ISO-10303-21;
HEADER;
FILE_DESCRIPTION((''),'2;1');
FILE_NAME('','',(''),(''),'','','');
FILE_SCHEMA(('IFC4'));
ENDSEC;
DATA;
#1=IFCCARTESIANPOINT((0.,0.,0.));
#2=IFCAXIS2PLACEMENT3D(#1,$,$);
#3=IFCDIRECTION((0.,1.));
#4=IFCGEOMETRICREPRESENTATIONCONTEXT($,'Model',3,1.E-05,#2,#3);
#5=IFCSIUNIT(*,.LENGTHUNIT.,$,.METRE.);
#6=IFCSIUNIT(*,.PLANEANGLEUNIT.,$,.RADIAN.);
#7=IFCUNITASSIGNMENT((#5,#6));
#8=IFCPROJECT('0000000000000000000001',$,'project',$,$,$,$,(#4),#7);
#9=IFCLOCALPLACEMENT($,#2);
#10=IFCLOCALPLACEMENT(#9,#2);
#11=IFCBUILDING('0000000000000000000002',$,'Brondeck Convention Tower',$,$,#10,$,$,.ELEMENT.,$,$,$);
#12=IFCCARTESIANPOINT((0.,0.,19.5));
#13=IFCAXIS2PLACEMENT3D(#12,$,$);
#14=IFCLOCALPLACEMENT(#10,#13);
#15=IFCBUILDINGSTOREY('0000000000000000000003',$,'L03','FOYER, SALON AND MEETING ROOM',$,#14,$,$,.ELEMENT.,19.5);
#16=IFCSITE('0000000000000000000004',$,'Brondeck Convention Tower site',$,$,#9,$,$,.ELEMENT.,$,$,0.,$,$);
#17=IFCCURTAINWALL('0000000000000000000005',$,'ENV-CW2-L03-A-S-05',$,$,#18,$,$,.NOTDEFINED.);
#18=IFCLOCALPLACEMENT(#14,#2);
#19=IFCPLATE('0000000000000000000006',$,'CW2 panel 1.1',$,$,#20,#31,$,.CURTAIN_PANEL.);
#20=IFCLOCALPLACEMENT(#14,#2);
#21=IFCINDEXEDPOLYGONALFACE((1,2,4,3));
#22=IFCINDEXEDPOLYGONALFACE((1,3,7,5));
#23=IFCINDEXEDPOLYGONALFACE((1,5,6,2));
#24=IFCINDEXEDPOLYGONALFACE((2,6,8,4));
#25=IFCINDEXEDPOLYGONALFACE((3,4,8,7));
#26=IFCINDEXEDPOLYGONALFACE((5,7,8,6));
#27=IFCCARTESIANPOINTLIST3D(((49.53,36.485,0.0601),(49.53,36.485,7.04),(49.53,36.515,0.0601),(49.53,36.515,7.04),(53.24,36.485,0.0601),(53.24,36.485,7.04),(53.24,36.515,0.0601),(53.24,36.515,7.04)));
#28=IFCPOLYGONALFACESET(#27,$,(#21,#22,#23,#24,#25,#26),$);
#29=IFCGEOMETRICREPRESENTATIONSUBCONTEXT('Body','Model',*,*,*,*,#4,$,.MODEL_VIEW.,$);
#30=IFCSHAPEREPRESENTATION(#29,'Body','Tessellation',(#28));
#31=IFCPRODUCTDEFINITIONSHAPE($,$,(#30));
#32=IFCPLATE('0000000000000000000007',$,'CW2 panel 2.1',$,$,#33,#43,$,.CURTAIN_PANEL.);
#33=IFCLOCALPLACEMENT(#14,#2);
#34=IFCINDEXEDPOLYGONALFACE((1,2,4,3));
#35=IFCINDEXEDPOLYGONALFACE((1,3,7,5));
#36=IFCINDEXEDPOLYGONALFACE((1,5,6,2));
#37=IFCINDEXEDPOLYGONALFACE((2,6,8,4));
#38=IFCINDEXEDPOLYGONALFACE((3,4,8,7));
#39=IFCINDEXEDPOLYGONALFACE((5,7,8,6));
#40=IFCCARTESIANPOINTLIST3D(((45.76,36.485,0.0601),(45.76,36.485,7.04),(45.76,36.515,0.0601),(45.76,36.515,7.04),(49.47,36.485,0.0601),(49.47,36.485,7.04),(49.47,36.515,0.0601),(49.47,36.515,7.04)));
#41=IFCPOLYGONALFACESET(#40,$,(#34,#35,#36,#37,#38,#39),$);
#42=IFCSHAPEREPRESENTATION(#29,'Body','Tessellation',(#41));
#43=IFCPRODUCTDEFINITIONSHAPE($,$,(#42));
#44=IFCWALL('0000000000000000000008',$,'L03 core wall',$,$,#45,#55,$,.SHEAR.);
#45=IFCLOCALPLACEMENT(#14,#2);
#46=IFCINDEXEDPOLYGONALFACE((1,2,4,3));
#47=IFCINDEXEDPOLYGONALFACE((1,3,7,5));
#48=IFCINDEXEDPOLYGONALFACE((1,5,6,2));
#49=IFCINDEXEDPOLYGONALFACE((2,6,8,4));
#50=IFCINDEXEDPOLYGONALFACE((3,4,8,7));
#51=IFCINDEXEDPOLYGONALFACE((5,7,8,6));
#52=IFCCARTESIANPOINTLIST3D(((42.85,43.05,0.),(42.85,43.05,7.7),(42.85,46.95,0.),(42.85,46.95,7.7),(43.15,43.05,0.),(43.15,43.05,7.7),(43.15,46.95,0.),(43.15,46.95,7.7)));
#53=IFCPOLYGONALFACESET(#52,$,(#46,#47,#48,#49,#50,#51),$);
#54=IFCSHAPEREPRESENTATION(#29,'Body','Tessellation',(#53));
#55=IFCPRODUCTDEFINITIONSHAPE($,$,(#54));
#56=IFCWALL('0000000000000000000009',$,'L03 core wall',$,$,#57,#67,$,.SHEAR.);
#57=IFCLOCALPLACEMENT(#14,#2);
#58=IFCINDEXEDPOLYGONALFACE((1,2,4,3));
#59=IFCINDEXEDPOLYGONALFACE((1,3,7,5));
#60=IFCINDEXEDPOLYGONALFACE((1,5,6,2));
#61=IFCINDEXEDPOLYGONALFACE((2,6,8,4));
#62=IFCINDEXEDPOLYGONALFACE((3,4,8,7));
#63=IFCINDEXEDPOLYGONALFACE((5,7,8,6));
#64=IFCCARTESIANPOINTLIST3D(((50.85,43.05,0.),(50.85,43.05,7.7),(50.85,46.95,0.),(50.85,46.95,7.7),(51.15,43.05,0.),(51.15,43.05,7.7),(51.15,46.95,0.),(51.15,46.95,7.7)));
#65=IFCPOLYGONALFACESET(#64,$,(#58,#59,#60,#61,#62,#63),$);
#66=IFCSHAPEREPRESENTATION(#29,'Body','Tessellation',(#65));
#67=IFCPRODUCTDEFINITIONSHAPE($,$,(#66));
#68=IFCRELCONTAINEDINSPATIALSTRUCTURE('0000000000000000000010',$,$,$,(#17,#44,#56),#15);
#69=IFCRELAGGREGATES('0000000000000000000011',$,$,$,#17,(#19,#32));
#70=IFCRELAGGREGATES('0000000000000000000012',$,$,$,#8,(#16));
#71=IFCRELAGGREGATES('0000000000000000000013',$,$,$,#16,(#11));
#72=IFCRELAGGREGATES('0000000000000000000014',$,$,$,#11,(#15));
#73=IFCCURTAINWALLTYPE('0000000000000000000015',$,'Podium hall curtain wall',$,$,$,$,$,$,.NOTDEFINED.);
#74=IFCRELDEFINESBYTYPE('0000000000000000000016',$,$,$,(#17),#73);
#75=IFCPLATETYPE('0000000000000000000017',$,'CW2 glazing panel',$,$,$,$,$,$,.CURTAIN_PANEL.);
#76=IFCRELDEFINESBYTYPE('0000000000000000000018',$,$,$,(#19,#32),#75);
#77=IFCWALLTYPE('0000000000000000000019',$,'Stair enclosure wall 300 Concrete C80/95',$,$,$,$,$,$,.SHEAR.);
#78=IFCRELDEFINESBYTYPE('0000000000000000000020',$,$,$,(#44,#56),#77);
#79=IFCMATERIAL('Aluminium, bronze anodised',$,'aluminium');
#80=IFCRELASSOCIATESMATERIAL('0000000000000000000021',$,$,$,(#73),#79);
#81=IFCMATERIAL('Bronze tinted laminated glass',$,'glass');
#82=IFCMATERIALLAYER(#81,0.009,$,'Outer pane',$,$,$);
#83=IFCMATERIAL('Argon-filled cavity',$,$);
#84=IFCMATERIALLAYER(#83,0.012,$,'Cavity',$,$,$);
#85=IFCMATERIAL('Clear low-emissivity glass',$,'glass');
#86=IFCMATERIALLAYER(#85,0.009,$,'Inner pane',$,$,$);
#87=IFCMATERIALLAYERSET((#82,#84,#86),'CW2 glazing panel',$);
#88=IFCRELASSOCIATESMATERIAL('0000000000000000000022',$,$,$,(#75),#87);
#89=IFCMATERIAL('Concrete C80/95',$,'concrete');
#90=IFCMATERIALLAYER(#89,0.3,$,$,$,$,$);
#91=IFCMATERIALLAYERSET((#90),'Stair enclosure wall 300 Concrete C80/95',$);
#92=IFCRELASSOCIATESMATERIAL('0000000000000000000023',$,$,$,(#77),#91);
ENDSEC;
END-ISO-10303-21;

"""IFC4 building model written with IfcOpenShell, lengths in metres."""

from ifc_helpers import new_model, si_unit, direction, frame, frame_2d, origin, origin_2d, place, context, subcontext, project, spatial, rectangle, extrude, material, layer, layer_set, type_object, element, aggregate, save


model = new_model("IFC4")

# Units and contexts
model_context = context("Model", 3, precision=1e-05, world=origin(), true_north=direction((0.0, 1.0)))
body_context = subcontext(model_context, "Body", "Model", "MODEL_VIEW")
ifc_project = project(units=[si_unit("LENGTHUNIT", "METRE"), si_unit("PLANEANGLEUNIT", "RADIAN")], contexts=[model_context])

# Site, building, storey
site_placement = place(None, origin())
site = spatial("IfcSite", under=ifc_project, at=site_placement, Name="Brondeck Convention Tower site", CompositionType="ELEMENT", RefElevation=0.0)
building_placement = place(site_placement, origin())
building = spatial("IfcBuilding", under=site, at=building_placement, Name="Brondeck Convention Tower", CompositionType="ELEMENT")
storey_placement = place(building_placement, frame((0.0, 0.0, 19.5)))
storey = spatial("IfcBuildingStorey", under=building, at=storey_placement, Name="L03", Description="FOYER, SALON AND MEETING ROOM", CompositionType="ELEMENT", Elevation=19.5)

# Shared definitions
ifc_material_1 = material(Name="Concrete C80/95", Category="concrete")

# Curtain wall
ifc_material_2 = material(Name="Aluminium, bronze anodised", Category="aluminium")
curtain_wall_type = type_object("IfcCurtainWallType", Name="Podium hall curtain wall", PredefinedType="NOTDEFINED", material=ifc_material_2)
curtain_wall_1_placement = place(storey_placement, origin())
curtain_wall_1 = element("IfcCurtainWall", 1, at=curtain_wall_1_placement, inside=storey, type_object=curtain_wall_type, Name="ENV-CW2-L03-A-S-05", PredefinedType="NOTDEFINED")

# Plates
ifc_material_3 = material(Name="Bronze tinted laminated glass", Category="glass")
ifc_layer_1 = layer(ifc_material_3, 0.009, Name="Outer pane")
ifc_material_4 = material(Name="Argon-filled cavity")
ifc_layer_2 = layer(ifc_material_4, 0.012, Name="Cavity")
ifc_material_5 = material(Name="Clear low-emissivity glass", Category="glass")
ifc_layer_3 = layer(ifc_material_5, 0.009, Name="Inner pane")
ifc_layer_set_1 = layer_set([ifc_layer_1, ifc_layer_2, ifc_layer_3], Name="CW2 glazing panel")
plate_type = type_object("IfcPlateType", Name="CW2 glazing panel", PredefinedType="CURTAIN_PANEL", material=ifc_layer_set_1)
plate_1_placement = place(storey_placement, frame((51.385, 36.5, 0.0601), z_axis=(0.0, 0.0, 1.0), x_axis=(-1.0, 0.0, 0.0)))
plate_1 = element("IfcPlate", 2, at=plate_1_placement, type_object=plate_type, Name="CW2 panel 1.1", PredefinedType="CURTAIN_PANEL", context=body_context, shape_type="SweptSolid", body=[
    extrude(rectangle(XDim=3.71, YDim=0.03, at=origin_2d()), origin(), (0.0, 0.0, 1.0), 6.98),
])
plate_2_placement = place(storey_placement, frame((47.615, 36.5, 0.0601), z_axis=(0.0, 0.0, 1.0), x_axis=(-1.0, 0.0, 0.0)))
plate_2 = element("IfcPlate", 3, at=plate_2_placement, type_object=plate_type, Name="CW2 panel 2.1", PredefinedType="CURTAIN_PANEL", context=body_context, shape_type="SweptSolid", body=[
    extrude(rectangle(XDim=3.71, YDim=0.03, at=origin_2d()), origin(), (0.0, 0.0, 1.0), 6.98),
])
aggregate(curtain_wall_1, [plate_1, plate_2])

# Walls
ifc_layer_4 = layer(ifc_material_1, 0.3)
ifc_layer_set_2 = layer_set([ifc_layer_4], Name="Stair enclosure wall 300 Concrete C80/95")
wall_type = type_object("IfcWallType", Name="Stair enclosure wall 300 Concrete C80/95", PredefinedType="SHEAR", material=ifc_layer_set_2)
for number, where, z_axis, x_axis, name in (
    (4, (43.0, 43.05, 0.0), (0.0, 0.0, 1.0), (0.0, 1.0, 0.0), "L03 core wall"),
    (5, (51.0, 43.05, 0.0), (0.0, 0.0, 1.0), (0.0, 1.0, 0.0), "L03 core wall"),
):
    element("IfcWall", number, at=place(storey_placement, frame(where, z_axis=z_axis, x_axis=x_axis)), inside=storey, type_object=wall_type, Name=name, PredefinedType="SHEAR", context=body_context, shape_type="SweptSolid", body=[
        extrude(rectangle(XDim=3.8999, YDim=0.3, at=frame_2d((1.95, 0.0))), origin(), (0.0, 0.0, 1.0), 7.7),
    ])

save(model, "model.ifc")
